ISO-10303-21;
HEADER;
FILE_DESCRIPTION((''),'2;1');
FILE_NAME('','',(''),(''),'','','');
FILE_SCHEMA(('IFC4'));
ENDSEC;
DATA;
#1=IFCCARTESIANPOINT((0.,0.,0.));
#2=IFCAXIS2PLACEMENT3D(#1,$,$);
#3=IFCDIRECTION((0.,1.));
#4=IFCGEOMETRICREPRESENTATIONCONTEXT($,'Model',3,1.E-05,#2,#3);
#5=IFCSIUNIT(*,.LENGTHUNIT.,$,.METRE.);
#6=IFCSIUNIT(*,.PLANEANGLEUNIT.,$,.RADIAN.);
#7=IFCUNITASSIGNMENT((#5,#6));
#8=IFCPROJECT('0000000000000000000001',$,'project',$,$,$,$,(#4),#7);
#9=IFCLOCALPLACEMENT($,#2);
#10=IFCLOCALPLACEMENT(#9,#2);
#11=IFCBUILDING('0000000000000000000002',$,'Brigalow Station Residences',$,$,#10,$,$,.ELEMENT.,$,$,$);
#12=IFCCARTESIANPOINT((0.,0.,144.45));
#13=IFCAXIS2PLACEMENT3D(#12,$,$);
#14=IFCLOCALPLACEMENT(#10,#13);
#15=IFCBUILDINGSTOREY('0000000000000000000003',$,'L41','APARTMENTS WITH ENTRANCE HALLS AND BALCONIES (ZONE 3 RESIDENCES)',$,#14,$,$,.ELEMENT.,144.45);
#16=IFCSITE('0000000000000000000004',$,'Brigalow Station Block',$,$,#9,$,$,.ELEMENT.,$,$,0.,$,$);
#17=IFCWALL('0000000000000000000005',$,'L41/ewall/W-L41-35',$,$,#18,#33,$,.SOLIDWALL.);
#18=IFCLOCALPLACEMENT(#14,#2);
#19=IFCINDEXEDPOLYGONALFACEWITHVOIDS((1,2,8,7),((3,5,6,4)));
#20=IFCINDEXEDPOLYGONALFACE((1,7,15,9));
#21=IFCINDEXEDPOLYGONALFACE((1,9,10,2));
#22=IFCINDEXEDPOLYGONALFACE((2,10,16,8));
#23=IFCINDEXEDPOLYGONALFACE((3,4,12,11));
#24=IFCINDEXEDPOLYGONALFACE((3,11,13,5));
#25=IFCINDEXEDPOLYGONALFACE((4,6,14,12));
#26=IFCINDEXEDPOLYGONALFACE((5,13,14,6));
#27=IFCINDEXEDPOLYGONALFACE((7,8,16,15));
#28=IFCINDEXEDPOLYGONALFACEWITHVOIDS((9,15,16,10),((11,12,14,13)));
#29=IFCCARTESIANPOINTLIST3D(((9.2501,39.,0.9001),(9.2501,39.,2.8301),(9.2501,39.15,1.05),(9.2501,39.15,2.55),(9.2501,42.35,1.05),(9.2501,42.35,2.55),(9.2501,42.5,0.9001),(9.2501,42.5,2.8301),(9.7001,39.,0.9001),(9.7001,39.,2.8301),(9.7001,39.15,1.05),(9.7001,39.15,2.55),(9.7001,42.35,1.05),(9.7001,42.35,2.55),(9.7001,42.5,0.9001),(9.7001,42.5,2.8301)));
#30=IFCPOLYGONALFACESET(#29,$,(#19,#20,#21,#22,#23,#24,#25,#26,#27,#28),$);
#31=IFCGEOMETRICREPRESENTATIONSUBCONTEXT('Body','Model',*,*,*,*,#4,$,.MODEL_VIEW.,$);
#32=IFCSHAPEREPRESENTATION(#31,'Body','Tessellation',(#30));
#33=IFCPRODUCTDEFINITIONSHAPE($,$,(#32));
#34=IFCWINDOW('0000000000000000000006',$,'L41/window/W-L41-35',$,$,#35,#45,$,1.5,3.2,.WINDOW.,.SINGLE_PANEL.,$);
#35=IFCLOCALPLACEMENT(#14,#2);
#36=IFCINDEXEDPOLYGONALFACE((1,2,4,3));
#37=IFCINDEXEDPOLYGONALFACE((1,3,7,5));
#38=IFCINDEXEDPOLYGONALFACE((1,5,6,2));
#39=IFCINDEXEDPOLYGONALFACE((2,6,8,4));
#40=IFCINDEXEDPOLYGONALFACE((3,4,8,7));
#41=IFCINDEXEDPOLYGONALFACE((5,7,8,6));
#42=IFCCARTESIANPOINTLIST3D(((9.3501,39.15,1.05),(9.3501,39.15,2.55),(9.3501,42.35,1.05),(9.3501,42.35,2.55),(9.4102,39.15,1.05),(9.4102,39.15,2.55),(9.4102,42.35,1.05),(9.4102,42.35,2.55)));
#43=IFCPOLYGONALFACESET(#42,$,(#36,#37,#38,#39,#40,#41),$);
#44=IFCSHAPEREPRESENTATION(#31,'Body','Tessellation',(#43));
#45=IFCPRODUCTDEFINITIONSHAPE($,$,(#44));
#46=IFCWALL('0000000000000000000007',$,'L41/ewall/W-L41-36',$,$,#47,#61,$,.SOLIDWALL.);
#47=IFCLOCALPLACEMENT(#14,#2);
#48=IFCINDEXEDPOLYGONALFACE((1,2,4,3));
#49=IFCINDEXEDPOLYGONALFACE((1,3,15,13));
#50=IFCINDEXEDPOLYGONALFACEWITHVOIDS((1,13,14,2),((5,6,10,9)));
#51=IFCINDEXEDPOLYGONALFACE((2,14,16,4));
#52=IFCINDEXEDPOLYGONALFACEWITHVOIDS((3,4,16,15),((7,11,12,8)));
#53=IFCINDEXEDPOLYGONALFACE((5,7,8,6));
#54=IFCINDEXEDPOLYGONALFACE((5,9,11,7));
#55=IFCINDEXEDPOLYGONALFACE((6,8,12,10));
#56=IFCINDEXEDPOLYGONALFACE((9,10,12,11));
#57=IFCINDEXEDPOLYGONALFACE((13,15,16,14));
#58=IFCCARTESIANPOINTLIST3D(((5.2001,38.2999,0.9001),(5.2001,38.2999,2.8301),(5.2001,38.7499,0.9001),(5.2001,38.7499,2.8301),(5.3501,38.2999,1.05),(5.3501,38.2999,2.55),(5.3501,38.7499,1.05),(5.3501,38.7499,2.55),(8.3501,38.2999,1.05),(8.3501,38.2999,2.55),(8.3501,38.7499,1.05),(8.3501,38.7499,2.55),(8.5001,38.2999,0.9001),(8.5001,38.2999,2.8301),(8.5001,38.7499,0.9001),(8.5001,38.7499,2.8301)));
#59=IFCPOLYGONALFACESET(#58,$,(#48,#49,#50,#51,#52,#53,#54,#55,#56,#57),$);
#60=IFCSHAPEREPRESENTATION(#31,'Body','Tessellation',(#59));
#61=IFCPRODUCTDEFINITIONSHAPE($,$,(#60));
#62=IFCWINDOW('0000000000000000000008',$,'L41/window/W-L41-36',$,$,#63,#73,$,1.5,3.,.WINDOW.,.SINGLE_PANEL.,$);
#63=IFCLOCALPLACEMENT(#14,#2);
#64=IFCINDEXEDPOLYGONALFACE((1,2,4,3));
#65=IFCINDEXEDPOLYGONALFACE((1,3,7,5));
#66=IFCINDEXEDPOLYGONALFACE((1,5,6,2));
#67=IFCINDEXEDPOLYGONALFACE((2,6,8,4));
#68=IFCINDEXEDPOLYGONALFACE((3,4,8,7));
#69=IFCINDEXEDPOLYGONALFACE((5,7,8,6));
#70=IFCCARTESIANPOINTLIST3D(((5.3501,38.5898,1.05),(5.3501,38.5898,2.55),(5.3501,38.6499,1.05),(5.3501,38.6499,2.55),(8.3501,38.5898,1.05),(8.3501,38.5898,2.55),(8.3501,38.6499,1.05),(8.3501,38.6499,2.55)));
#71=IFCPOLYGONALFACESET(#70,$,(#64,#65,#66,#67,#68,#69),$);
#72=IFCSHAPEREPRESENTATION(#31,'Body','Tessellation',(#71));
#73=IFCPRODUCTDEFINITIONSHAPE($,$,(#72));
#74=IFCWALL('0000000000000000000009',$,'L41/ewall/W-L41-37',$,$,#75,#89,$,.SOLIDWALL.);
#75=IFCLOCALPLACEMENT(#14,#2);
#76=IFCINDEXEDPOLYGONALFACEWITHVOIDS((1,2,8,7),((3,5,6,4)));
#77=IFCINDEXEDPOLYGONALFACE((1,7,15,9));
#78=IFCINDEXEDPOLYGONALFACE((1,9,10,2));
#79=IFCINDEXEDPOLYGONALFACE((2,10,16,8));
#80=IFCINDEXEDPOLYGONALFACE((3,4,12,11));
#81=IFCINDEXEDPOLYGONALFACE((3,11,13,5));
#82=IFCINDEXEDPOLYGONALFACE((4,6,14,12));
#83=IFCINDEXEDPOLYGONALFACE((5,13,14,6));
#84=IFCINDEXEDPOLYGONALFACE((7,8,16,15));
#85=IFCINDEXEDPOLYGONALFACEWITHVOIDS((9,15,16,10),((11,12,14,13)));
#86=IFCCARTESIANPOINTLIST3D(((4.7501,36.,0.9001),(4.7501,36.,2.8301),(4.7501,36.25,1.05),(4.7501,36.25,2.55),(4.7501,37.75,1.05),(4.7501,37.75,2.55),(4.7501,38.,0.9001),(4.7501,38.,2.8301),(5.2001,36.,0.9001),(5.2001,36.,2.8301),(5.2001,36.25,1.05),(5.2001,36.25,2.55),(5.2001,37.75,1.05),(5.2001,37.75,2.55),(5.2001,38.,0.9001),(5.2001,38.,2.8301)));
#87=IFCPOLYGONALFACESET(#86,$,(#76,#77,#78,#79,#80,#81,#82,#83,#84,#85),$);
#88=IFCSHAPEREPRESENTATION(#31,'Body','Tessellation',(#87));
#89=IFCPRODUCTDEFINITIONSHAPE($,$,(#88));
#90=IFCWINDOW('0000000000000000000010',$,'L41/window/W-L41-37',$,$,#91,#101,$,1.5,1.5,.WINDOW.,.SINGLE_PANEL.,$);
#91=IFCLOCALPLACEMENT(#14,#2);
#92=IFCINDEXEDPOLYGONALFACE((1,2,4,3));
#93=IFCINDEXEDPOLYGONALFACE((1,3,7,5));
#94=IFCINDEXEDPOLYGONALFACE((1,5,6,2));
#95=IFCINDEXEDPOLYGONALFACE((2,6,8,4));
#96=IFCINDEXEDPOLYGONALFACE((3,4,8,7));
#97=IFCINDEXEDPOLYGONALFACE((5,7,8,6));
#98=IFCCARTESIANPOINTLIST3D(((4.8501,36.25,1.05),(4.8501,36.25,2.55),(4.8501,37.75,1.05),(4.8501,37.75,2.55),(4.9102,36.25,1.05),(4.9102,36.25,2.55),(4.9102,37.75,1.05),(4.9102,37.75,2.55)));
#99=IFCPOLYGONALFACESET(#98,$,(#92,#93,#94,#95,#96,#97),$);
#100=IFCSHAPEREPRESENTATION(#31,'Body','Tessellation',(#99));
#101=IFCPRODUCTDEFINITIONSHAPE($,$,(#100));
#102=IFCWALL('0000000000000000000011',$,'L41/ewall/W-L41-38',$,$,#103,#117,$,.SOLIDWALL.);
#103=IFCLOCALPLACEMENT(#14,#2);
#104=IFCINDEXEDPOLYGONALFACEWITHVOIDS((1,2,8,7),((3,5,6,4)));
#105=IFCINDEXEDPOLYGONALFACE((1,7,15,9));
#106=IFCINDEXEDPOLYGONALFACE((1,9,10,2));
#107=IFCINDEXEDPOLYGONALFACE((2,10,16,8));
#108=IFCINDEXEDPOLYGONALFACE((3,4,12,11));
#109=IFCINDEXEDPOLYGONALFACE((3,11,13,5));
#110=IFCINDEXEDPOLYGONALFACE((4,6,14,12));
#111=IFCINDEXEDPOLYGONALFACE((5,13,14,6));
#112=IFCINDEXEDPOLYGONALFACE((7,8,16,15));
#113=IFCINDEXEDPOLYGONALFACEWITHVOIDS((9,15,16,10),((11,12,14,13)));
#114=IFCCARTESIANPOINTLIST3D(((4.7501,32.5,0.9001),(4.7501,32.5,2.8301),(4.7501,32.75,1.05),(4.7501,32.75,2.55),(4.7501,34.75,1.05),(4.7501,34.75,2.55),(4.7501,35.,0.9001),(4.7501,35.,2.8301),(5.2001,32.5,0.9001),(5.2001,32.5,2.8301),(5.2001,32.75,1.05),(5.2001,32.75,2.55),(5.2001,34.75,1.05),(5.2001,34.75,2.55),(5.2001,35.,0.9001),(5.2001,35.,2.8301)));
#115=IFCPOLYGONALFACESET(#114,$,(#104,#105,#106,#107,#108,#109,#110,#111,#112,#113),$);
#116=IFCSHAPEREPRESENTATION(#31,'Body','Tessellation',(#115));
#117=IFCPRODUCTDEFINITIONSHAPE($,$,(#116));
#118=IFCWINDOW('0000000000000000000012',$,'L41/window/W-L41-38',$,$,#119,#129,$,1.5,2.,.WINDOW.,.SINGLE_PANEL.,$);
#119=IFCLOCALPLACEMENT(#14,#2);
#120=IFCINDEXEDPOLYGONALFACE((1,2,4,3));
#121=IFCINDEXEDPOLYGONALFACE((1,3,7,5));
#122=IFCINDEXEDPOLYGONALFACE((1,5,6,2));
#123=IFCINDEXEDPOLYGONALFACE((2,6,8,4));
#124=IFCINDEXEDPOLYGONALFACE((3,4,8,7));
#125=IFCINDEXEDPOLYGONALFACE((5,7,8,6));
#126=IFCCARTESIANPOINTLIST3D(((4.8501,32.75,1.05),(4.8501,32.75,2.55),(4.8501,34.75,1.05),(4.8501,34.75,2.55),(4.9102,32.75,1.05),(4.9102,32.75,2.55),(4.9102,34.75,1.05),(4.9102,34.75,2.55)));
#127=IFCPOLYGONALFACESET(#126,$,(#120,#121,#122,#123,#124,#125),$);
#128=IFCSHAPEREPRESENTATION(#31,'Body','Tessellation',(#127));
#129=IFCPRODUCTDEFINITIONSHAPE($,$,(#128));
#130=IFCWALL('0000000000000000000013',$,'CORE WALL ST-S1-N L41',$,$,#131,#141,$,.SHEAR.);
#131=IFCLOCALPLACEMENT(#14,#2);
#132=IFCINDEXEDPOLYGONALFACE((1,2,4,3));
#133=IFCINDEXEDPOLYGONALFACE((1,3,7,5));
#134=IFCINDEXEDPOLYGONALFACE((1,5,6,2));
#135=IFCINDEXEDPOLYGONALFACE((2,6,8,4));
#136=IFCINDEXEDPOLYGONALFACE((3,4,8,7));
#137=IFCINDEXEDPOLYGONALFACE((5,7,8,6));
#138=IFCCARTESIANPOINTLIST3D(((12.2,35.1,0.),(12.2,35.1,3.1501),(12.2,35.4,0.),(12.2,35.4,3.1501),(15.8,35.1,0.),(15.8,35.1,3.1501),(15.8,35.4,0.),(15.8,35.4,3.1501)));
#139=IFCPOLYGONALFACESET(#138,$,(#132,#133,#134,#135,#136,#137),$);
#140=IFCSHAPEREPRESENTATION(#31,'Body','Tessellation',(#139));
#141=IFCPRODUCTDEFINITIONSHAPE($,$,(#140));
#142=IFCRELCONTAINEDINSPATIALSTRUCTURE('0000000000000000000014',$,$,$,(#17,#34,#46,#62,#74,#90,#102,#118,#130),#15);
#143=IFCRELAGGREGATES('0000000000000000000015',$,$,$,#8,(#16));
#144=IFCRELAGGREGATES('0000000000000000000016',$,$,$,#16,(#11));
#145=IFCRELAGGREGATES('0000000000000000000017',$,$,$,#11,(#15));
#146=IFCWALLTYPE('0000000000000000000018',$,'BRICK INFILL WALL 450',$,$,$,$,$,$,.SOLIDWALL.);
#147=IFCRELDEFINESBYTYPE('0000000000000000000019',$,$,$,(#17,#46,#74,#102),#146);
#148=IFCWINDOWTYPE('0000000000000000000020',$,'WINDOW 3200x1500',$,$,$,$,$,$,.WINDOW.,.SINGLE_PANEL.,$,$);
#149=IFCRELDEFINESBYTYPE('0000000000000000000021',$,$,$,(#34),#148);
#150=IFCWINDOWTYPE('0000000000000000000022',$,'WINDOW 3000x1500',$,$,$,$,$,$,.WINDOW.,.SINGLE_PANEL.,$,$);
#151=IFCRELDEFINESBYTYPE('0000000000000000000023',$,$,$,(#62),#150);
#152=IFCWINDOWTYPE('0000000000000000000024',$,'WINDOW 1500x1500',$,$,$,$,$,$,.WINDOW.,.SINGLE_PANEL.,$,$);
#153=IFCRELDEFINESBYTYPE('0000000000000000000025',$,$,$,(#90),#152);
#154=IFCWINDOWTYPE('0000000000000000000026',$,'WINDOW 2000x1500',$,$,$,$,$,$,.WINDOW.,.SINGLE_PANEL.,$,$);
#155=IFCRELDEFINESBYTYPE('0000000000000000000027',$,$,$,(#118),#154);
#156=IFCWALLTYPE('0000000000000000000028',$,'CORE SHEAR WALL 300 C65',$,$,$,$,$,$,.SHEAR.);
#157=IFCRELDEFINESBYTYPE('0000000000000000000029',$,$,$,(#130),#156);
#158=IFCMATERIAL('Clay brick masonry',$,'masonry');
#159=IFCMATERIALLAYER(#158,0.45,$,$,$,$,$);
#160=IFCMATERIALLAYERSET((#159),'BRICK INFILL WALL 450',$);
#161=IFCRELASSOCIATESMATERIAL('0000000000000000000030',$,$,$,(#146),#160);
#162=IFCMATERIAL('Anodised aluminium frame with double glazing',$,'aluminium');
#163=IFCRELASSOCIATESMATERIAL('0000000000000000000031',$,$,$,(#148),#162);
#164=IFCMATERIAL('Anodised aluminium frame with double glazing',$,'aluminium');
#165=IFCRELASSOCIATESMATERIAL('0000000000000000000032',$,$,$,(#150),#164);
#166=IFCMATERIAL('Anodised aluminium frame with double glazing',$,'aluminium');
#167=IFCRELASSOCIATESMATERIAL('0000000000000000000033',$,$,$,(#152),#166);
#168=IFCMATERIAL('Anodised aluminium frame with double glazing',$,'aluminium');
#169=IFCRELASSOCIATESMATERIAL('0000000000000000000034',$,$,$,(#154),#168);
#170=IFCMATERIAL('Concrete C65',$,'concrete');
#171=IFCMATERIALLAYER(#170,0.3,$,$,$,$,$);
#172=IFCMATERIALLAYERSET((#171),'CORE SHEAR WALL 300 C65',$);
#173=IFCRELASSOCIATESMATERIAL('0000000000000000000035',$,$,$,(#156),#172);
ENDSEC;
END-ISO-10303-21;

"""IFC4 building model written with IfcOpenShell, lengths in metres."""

from ifc_helpers import new_model, si_unit, direction, frame, frame_2d, origin, place, context, subcontext, project, spatial, rectangle, extrude, material, layer, layer_set, type_object, element, fill, save


model = new_model("IFC4")

# Units and contexts
model_context = context("Model", 3, precision=1e-05, world=origin(), true_north=direction((0.0, 1.0)))
body_context = subcontext(model_context, "Body", "Model", "MODEL_VIEW")
ifc_project = project(units=[si_unit("LENGTHUNIT", "METRE"), si_unit("PLANEANGLEUNIT", "RADIAN")], contexts=[model_context])

# Site, building, storey
site_placement = place(None, origin())
site = spatial("IfcSite", under=ifc_project, at=site_placement, Name="Brigalow Station Block", CompositionType="ELEMENT", RefElevation=0.0)
building_placement = place(site_placement, origin())
building = spatial("IfcBuilding", under=site, at=building_placement, Name="Brigalow Station Residences", CompositionType="ELEMENT")
storey_placement = place(building_placement, frame((0.0, 0.0, 144.45)))
storey = spatial("IfcBuildingStorey", under=building, at=storey_placement, Name="L41", Description="APARTMENTS WITH ENTRANCE HALLS AND BALCONIES (ZONE 3 RESIDENCES)", CompositionType="ELEMENT", Elevation=144.45)

# Shared definitions
ifc_material_1 = material(Name="Clay brick masonry", Category="masonry")
ifc_layer_1 = layer(ifc_material_1, 0.45)
ifc_layer_set_1 = layer_set([ifc_layer_1], Name="BRICK INFILL WALL 450")
wall_type_1 = type_object("IfcWallType", Name="BRICK INFILL WALL 450", PredefinedType="SOLIDWALL", material=ifc_layer_set_1)

# Walls, openings, windows
wall_1_placement = place(storey_placement, frame((9.4751, 42.5, 0.9001), z_axis=(0.0, 0.0, 1.0), x_axis=(0.0, -1.0, 0.0)))
wall_1 = element("IfcWall", 1, at=wall_1_placement, inside=storey, type_object=wall_type_1, Name="L41/ewall/W-L41-35", PredefinedType="SOLIDWALL", context=body_context, shape_type="SweptSolid", body=[
    extrude(rectangle(XDim=3.5, YDim=0.45, at=frame_2d((1.75, 0.0))), origin(), (0.0, 0.0, 1.0), 1.9299),
])
opening_1_placement = place(wall_1_placement, frame((0.1499, 0.0, 0.1499)))
opening_1 = element("IfcOpeningElement", 2, at=opening_1_placement, cuts=wall_1, PredefinedType="OPENING", context=body_context, shape_type="SweptSolid", body=[
    extrude(rectangle(XDim=3.2, YDim=1.5, at=frame_2d((1.6001, 0.75))), frame((0.0, 0.2349, 0.0), z_axis=(0.0, -1.0, 0.0), x_axis=(1.0, 0.0, 0.0)), (0.0, 0.0, 1.0), 0.47),
])
ifc_material_2 = material(Name="Anodised aluminium frame with double glazing", Category="aluminium")
window_type_1 = type_object("IfcWindowType", Name="WINDOW 3200x1500", PartitioningType="SINGLE_PANEL", PredefinedType="WINDOW", material=ifc_material_2)
window_1_placement = place(opening_1_placement, origin())
window_1 = element("IfcWindow", 3, at=window_1_placement, inside=storey, type_object=window_type_1, Name="L41/window/W-L41-35", OverallHeight=1.5, OverallWidth=3.2, PartitioningType="SINGLE_PANEL", PredefinedType="WINDOW", context=body_context, shape_type="SweptSolid", body=[
    extrude(rectangle(XDim=3.2, YDim=1.5, at=frame_2d((1.6001, 0.75))), frame((0.0, -0.0649, 0.0), z_axis=(0.0, -1.0, 0.0), x_axis=(1.0, 0.0, 0.0)), (0.0, 0.0, 1.0), 0.0601),
])
fill(opening_1, window_1)
wall_2_placement = place(storey_placement, frame((8.5, 38.5249, 0.9001), z_axis=(0.0, 0.0, 1.0), x_axis=(-1.0, 0.0, 0.0)))
wall_2 = element("IfcWall", 4, at=wall_2_placement, inside=storey, type_object=wall_type_1, Name="L41/ewall/W-L41-36", PredefinedType="SOLIDWALL", context=body_context, shape_type="SweptSolid", body=[
    extrude(rectangle(XDim=3.3, YDim=0.45, at=frame_2d((1.6499, 0.0))), origin(), (0.0, 0.0, 1.0), 1.9299),
])
opening_2_placement = place(wall_2_placement, frame((0.1499, 0.0, 0.1499)))
opening_2 = element("IfcOpeningElement", 5, at=opening_2_placement, cuts=wall_2, PredefinedType="OPENING", context=body_context, shape_type="SweptSolid", body=[
    extrude(rectangle(XDim=3.0, YDim=1.5, at=frame_2d((1.5, 0.75))), frame((0.0, 0.2349, 0.0), z_axis=(0.0, -1.0, 0.0), x_axis=(1.0, 0.0, 0.0)), (0.0, 0.0, 1.0), 0.47),
])
ifc_material_3 = material(Name="Anodised aluminium frame with double glazing", Category="aluminium")
window_type_2 = type_object("IfcWindowType", Name="WINDOW 3000x1500", PartitioningType="SINGLE_PANEL", PredefinedType="WINDOW", material=ifc_material_3)
window_2_placement = place(opening_2_placement, origin())
window_2 = element("IfcWindow", 6, at=window_2_placement, inside=storey, type_object=window_type_2, Name="L41/window/W-L41-36", OverallHeight=1.5, OverallWidth=3.0, PartitioningType="SINGLE_PANEL", PredefinedType="WINDOW", context=body_context, shape_type="SweptSolid", body=[
    extrude(rectangle(XDim=3.0, YDim=1.5, at=frame_2d((1.5, 0.75))), frame((0.0, -0.0649, 0.0), z_axis=(0.0, -1.0, 0.0), x_axis=(1.0, 0.0, 0.0)), (0.0, 0.0, 1.0), 0.0601),
])
fill(opening_2, window_2)
wall_3_placement = place(storey_placement, frame((4.9751, 38.0, 0.9001), z_axis=(0.0, 0.0, 1.0), x_axis=(0.0, -1.0, 0.0)))
wall_3 = element("IfcWall", 7, at=wall_3_placement, inside=storey, type_object=wall_type_1, Name="L41/ewall/W-L41-37", PredefinedType="SOLIDWALL", context=body_context, shape_type="SweptSolid", body=[
    extrude(rectangle(XDim=2.0, YDim=0.45, at=frame_2d((1.0, 0.0))), origin(), (0.0, 0.0, 1.0), 1.9299),
])
opening_3_placement = place(wall_3_placement, frame((0.25, 0.0, 0.1499)))
opening_3 = element("IfcOpeningElement", 8, at=opening_3_placement, cuts=wall_3, PredefinedType="OPENING", context=body_context, shape_type="SweptSolid", body=[
    extrude(rectangle(XDim=1.5, YDim=1.5, at=frame_2d((0.75, 0.75))), frame((0.0, 0.2349, 0.0), z_axis=(0.0, -1.0, 0.0), x_axis=(1.0, 0.0, 0.0)), (0.0, 0.0, 1.0), 0.47),
])
ifc_material_4 = material(Name="Anodised aluminium frame with double glazing", Category="aluminium")
window_type_3 = type_object("IfcWindowType", Name="WINDOW 1500x1500", PartitioningType="SINGLE_PANEL", PredefinedType="WINDOW", material=ifc_material_4)
window_3_placement = place(opening_3_placement, origin())
window_3 = element("IfcWindow", 9, at=window_3_placement, inside=storey, type_object=window_type_3, Name="L41/window/W-L41-37", OverallHeight=1.5, OverallWidth=1.5, PartitioningType="SINGLE_PANEL", PredefinedType="WINDOW", context=body_context, shape_type="SweptSolid", body=[
    extrude(rectangle(XDim=1.5, YDim=1.5, at=frame_2d((0.75, 0.75))), frame((0.0, -0.0649, 0.0), z_axis=(0.0, -1.0, 0.0), x_axis=(1.0, 0.0, 0.0)), (0.0, 0.0, 1.0), 0.0601),
])
fill(opening_3, window_3)
wall_4_placement = place(storey_placement, frame((4.9751, 35.0, 0.9001), z_axis=(0.0, 0.0, 1.0), x_axis=(0.0, -1.0, 0.0)))
wall_4 = element("IfcWall", 10, at=wall_4_placement, inside=storey, type_object=wall_type_1, Name="L41/ewall/W-L41-38", PredefinedType="SOLIDWALL", context=body_context, shape_type="SweptSolid", body=[
    extrude(rectangle(XDim=2.5, YDim=0.45, at=frame_2d((1.25, 0.0))), origin(), (0.0, 0.0, 1.0), 1.9299),
])
opening_4_placement = place(wall_4_placement, frame((0.25, 0.0, 0.1499)))
opening_4 = element("IfcOpeningElement", 11, at=opening_4_placement, cuts=wall_4, PredefinedType="OPENING", context=body_context, shape_type="SweptSolid", body=[
    extrude(rectangle(XDim=2.0, YDim=1.5, at=frame_2d((1.0, 0.75))), frame((0.0, 0.2349, 0.0), z_axis=(0.0, -1.0, 0.0), x_axis=(1.0, 0.0, 0.0)), (0.0, 0.0, 1.0), 0.47),
])
ifc_material_5 = material(Name="Anodised aluminium frame with double glazing", Category="aluminium")
window_type_4 = type_object("IfcWindowType", Name="WINDOW 2000x1500", PartitioningType="SINGLE_PANEL", PredefinedType="WINDOW", material=ifc_material_5)
window_4_placement = place(opening_4_placement, origin())
window_4 = element("IfcWindow", 12, at=window_4_placement, inside=storey, type_object=window_type_4, Name="L41/window/W-L41-38", OverallHeight=1.5, OverallWidth=2.0, PartitioningType="SINGLE_PANEL", PredefinedType="WINDOW", context=body_context, shape_type="SweptSolid", body=[
    extrude(rectangle(XDim=2.0, YDim=1.5, at=frame_2d((1.0, 0.75))), frame((0.0, -0.0649, 0.0), z_axis=(0.0, -1.0, 0.0), x_axis=(1.0, 0.0, 0.0)), (0.0, 0.0, 1.0), 0.0601),
])
fill(opening_4, window_4)

# Wall
ifc_material_6 = material(Name="Concrete C65", Category="concrete")
ifc_layer_2 = layer(ifc_material_6, 0.3)
ifc_layer_set_2 = layer_set([ifc_layer_2], Name="CORE SHEAR WALL 300 C65")
wall_type_2 = type_object("IfcWallType", Name="CORE SHEAR WALL 300 C65", PredefinedType="SHEAR", material=ifc_layer_set_2)
wall_5_placement = place(storey_placement, frame((12.2, 35.25, 0.0), z_axis=(0.0, 0.0, 1.0), x_axis=(1.0, 0.0, 0.0)))
element("IfcWall", 13, at=wall_5_placement, inside=storey, type_object=wall_type_2, Name="CORE WALL ST-S1-N L41", PredefinedType="SHEAR", context=body_context, shape_type="SweptSolid", body=[
    extrude(rectangle(XDim=3.6001, YDim=0.3, at=frame_2d((1.8, 0.0))), origin(), (0.0, 0.0, 1.0), 3.1501),
])

save(model, "model.ifc")
